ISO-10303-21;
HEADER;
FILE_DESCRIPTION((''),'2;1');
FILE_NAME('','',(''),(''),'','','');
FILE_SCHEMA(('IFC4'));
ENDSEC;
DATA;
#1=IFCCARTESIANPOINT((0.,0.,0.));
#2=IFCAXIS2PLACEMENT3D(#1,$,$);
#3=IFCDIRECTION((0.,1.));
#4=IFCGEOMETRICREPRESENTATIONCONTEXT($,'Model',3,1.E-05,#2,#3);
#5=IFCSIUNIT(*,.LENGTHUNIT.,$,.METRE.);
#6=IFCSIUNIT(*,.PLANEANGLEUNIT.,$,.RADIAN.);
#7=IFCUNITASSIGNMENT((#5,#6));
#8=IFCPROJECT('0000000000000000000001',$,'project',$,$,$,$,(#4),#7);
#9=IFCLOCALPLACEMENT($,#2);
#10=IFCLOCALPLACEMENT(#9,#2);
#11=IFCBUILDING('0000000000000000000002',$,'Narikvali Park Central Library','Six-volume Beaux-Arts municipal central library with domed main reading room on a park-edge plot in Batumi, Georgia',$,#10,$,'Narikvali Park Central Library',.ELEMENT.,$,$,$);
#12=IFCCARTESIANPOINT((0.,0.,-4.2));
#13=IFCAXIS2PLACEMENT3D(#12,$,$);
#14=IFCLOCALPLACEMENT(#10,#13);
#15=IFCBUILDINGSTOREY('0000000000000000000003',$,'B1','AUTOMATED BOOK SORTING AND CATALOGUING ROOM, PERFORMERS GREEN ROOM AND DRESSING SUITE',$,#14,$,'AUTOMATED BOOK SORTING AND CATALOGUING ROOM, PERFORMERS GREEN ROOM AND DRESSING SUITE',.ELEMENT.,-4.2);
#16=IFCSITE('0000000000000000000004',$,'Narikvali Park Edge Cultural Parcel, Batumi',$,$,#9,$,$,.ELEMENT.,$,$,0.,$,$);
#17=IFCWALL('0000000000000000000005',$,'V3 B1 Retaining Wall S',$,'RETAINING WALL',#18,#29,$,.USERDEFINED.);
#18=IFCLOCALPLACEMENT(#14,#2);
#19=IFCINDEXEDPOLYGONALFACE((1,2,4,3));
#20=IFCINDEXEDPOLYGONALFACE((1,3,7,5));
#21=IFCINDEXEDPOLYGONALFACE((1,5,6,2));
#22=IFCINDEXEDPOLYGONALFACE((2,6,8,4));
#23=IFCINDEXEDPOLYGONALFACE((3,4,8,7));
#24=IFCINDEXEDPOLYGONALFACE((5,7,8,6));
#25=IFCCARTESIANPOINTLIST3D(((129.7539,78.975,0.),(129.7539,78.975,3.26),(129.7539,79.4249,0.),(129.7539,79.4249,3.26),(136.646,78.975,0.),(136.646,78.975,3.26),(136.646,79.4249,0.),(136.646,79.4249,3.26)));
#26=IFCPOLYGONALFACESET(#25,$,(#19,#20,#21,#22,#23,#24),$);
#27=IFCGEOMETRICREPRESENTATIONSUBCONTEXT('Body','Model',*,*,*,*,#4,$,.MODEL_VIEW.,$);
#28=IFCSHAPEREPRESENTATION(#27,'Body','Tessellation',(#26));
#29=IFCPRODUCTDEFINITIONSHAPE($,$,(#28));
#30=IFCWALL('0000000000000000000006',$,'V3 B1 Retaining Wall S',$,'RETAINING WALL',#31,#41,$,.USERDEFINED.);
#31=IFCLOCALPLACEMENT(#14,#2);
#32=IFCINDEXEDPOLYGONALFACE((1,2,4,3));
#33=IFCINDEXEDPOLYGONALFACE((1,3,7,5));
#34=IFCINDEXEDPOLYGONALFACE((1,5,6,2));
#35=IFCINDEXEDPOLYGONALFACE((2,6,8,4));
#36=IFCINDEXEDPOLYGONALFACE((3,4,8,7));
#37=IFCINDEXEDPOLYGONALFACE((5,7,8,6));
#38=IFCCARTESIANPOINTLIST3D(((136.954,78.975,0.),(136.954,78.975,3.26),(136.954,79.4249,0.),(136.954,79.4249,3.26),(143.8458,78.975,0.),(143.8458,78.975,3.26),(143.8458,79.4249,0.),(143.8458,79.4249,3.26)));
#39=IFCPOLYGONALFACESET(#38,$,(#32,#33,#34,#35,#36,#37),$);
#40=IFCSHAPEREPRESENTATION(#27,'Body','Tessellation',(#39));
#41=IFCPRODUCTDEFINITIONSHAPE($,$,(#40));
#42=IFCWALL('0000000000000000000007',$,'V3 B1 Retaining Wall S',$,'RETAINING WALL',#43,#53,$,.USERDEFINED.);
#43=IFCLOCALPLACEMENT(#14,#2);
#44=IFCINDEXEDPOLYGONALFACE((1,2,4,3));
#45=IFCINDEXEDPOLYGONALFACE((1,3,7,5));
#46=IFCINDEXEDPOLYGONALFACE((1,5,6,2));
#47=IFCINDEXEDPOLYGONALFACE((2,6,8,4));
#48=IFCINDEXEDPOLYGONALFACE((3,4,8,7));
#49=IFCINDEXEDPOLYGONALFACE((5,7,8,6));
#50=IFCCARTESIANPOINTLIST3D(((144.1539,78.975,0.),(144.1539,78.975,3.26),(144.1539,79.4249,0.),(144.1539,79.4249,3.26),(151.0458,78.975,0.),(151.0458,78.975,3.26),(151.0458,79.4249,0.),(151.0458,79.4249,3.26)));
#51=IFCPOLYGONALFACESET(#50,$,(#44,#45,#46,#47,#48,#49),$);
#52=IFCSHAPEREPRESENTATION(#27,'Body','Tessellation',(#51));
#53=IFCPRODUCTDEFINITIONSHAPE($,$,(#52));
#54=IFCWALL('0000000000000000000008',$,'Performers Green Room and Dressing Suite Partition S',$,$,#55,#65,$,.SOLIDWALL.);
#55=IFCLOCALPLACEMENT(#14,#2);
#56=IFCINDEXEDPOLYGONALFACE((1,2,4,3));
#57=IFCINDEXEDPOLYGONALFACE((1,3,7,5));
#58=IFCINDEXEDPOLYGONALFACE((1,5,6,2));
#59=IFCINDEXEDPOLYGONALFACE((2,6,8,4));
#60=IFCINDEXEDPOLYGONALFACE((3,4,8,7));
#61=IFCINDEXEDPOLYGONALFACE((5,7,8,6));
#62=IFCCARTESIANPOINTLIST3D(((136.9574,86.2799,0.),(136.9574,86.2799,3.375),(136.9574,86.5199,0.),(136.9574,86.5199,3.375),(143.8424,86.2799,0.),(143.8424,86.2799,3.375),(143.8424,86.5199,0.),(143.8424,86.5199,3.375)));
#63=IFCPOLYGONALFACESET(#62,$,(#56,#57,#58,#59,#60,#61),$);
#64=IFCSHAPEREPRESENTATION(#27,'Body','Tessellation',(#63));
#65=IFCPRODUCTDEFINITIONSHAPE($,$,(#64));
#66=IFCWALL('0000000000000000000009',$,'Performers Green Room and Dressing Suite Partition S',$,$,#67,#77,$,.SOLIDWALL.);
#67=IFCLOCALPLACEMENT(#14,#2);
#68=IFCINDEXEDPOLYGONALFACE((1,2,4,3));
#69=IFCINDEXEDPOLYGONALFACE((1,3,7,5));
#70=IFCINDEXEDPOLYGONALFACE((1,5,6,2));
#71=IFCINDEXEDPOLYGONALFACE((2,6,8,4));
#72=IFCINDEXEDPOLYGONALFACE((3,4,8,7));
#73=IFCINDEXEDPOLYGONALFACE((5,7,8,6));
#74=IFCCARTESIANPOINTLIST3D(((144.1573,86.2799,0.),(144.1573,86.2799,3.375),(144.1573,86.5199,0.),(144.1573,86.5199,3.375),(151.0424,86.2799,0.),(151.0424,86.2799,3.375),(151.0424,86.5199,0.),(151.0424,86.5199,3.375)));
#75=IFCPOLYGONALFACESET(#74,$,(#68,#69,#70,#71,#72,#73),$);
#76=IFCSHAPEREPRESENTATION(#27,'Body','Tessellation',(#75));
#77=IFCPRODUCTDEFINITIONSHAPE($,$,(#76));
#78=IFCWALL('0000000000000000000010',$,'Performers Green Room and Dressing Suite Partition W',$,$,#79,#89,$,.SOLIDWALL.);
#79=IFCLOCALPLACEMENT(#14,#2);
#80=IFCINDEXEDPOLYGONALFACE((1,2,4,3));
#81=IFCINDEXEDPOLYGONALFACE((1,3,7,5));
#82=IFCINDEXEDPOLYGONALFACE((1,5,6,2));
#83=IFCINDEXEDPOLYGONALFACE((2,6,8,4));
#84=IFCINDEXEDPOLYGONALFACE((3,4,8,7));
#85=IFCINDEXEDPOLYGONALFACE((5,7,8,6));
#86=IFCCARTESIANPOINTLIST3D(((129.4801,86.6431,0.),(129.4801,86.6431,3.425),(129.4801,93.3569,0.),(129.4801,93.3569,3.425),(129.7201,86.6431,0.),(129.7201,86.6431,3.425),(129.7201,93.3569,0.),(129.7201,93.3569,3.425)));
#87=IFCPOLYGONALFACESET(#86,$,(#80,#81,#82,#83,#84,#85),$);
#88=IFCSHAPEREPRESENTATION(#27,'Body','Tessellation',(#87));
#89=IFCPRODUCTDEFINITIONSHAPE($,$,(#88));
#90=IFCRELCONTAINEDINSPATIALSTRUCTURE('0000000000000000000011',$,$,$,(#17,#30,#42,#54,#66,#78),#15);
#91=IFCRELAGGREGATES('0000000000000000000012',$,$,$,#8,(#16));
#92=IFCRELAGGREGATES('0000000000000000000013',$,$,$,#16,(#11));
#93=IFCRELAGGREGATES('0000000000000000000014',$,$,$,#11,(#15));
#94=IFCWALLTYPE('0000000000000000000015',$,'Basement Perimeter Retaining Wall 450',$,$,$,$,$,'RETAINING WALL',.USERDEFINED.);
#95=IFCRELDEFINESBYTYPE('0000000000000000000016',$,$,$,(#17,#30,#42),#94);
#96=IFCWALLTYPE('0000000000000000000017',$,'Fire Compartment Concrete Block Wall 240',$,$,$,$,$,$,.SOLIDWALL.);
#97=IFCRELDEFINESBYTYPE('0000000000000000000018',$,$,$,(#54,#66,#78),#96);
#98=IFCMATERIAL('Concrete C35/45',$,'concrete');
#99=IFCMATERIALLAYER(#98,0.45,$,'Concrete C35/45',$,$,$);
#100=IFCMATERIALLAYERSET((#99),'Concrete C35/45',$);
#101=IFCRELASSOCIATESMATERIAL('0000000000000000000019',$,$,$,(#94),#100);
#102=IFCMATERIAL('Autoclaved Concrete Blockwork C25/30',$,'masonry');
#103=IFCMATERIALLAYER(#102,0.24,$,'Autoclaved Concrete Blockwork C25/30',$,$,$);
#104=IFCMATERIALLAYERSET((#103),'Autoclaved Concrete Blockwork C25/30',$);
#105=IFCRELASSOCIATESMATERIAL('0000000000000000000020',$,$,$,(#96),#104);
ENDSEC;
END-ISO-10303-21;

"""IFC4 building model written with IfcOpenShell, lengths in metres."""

from ifc_helpers import new_model, si_unit, direction, frame, frame_2d, origin, place, context, subcontext, project, spatial, rectangle, extrude, material, layer, layer_set, type_object, element, save


model = new_model("IFC4")

# Units and contexts
model_context = context("Model", 3, precision=1e-05, world=origin(), true_north=direction((0.0, 1.0)))
body_context = subcontext(model_context, "Body", "Model", "MODEL_VIEW")
ifc_project = project(units=[si_unit("LENGTHUNIT", "METRE"), si_unit("PLANEANGLEUNIT", "RADIAN")], contexts=[model_context])

# Site, building, storey
site_placement = place(None, origin())
site = spatial("IfcSite", under=ifc_project, at=site_placement, Name="Narikvali Park Edge Cultural Parcel, Batumi", CompositionType="ELEMENT", RefElevation=0.0)
building_placement = place(site_placement, origin())
building = spatial("IfcBuilding", under=site, at=building_placement, Name="Narikvali Park Central Library", Description="Six-volume Beaux-Arts municipal central library with domed main reading room on a park-edge plot in Batumi, Georgia", LongName="Narikvali Park Central Library", CompositionType="ELEMENT")
storey_placement = place(building_placement, frame((0.0, 0.0, -4.2)))
storey = spatial("IfcBuildingStorey", under=building, at=storey_placement, Name="B1", Description="AUTOMATED BOOK SORTING AND CATALOGUING ROOM, PERFORMERS GREEN ROOM AND DRESSING SUITE", LongName="AUTOMATED BOOK SORTING AND CATALOGUING ROOM, PERFORMERS GREEN ROOM AND DRESSING SUITE", CompositionType="ELEMENT", Elevation=-4.2)

# Shared definitions
ifc_material_1 = material(Name="Concrete C35/45", Category="concrete")

# Walls
ifc_layer_1 = layer(ifc_material_1, 0.45, Name="Concrete C35/45")
ifc_layer_set_1 = layer_set([ifc_layer_1], Name="Concrete C35/45")
wall_type_1 = type_object("IfcWallType", Name="Basement Perimeter Retaining Wall 450", ElementType="RETAINING WALL", PredefinedType="USERDEFINED", material=ifc_layer_set_1)
wall_1_placement = place(storey_placement, frame((129.7539, 79.2, 0.0), z_axis=(0.0, 0.0, 1.0), x_axis=(1.0, 0.0, 0.0)))
element("IfcWall", 1, at=wall_1_placement, inside=storey, type_object=wall_type_1, Name="V3 B1 Retaining Wall S", ObjectType="RETAINING WALL", PredefinedType="USERDEFINED", context=body_context, shape_type="SweptSolid", body=[
    extrude(rectangle(XDim=6.8921, YDim=0.45, at=frame_2d((3.446, 0.0))), origin(), (0.0, 0.0, 1.0), 3.26),
])
for number, where, z_axis, x_axis, name in (
    (2, (136.9541, 79.2, 0.0), (0.0, 0.0, 1.0), (1.0, 0.0, 0.0), "V3 B1 Retaining Wall S"),
    (3, (144.1541, 79.2, 0.0), (0.0, 0.0, 1.0), (1.0, 0.0, 0.0), "V3 B1 Retaining Wall S"),
):
    element("IfcWall", number, at=place(storey_placement, frame(where, z_axis=z_axis, x_axis=x_axis)), inside=storey, type_object=wall_type_1, Name=name, ObjectType="RETAINING WALL", PredefinedType="USERDEFINED", context=body_context, shape_type="SweptSolid", body=[
        extrude(rectangle(XDim=6.8918, YDim=0.45, at=frame_2d((3.4458, 0.0))), origin(), (0.0, 0.0, 1.0), 3.26),
    ])

# Shared definitions
ifc_material_2 = material(Name="Autoclaved Concrete Blockwork C25/30", Category="masonry")
ifc_layer_2 = layer(ifc_material_2, 0.24, Name="Autoclaved Concrete Blockwork C25/30")
ifc_layer_set_2 = layer_set([ifc_layer_2], Name="Autoclaved Concrete Blockwork C25/30")
wall_type_2 = type_object("IfcWallType", Name="Fire Compartment Concrete Block Wall 240", PredefinedType="SOLIDWALL", material=ifc_layer_set_2)

# Walls
for number, where, z_axis, x_axis, name in (
    (4, (136.9575, 86.3999, 0.0), (0.0, 0.0, 1.0), (1.0, 0.0, 0.0), "Performers Green Room and Dressing Suite Partition S"),
    (5, (144.1575, 86.3999, 0.0), (0.0, 0.0, 1.0), (1.0, 0.0, 0.0), "Performers Green Room and Dressing Suite Partition S"),
):
    element("IfcWall", number, at=place(storey_placement, frame(where, z_axis=z_axis, x_axis=x_axis)), inside=storey, type_object=wall_type_2, Name=name, PredefinedType="SOLIDWALL", context=body_context, shape_type="SweptSolid", body=[
        extrude(rectangle(XDim=6.885, YDim=0.24, at=frame_2d((3.4424, 0.0))), origin(), (0.0, 0.0, 1.0), 3.375),
    ])
wall_2_placement = place(storey_placement, frame((129.6001, 86.6431, 0.0), z_axis=(0.0, 0.0, 1.0), x_axis=(0.0, 1.0, 0.0)))
element("IfcWall", 6, at=wall_2_placement, inside=storey, type_object=wall_type_2, Name="Performers Green Room and Dressing Suite Partition W", PredefinedType="SOLIDWALL", context=body_context, shape_type="SweptSolid", body=[
    extrude(rectangle(XDim=6.7139, YDim=0.24, at=frame_2d((3.3569, 0.0))), origin(), (0.0, 0.0, 1.0), 3.425),
])

save(model, "model.ifc")
